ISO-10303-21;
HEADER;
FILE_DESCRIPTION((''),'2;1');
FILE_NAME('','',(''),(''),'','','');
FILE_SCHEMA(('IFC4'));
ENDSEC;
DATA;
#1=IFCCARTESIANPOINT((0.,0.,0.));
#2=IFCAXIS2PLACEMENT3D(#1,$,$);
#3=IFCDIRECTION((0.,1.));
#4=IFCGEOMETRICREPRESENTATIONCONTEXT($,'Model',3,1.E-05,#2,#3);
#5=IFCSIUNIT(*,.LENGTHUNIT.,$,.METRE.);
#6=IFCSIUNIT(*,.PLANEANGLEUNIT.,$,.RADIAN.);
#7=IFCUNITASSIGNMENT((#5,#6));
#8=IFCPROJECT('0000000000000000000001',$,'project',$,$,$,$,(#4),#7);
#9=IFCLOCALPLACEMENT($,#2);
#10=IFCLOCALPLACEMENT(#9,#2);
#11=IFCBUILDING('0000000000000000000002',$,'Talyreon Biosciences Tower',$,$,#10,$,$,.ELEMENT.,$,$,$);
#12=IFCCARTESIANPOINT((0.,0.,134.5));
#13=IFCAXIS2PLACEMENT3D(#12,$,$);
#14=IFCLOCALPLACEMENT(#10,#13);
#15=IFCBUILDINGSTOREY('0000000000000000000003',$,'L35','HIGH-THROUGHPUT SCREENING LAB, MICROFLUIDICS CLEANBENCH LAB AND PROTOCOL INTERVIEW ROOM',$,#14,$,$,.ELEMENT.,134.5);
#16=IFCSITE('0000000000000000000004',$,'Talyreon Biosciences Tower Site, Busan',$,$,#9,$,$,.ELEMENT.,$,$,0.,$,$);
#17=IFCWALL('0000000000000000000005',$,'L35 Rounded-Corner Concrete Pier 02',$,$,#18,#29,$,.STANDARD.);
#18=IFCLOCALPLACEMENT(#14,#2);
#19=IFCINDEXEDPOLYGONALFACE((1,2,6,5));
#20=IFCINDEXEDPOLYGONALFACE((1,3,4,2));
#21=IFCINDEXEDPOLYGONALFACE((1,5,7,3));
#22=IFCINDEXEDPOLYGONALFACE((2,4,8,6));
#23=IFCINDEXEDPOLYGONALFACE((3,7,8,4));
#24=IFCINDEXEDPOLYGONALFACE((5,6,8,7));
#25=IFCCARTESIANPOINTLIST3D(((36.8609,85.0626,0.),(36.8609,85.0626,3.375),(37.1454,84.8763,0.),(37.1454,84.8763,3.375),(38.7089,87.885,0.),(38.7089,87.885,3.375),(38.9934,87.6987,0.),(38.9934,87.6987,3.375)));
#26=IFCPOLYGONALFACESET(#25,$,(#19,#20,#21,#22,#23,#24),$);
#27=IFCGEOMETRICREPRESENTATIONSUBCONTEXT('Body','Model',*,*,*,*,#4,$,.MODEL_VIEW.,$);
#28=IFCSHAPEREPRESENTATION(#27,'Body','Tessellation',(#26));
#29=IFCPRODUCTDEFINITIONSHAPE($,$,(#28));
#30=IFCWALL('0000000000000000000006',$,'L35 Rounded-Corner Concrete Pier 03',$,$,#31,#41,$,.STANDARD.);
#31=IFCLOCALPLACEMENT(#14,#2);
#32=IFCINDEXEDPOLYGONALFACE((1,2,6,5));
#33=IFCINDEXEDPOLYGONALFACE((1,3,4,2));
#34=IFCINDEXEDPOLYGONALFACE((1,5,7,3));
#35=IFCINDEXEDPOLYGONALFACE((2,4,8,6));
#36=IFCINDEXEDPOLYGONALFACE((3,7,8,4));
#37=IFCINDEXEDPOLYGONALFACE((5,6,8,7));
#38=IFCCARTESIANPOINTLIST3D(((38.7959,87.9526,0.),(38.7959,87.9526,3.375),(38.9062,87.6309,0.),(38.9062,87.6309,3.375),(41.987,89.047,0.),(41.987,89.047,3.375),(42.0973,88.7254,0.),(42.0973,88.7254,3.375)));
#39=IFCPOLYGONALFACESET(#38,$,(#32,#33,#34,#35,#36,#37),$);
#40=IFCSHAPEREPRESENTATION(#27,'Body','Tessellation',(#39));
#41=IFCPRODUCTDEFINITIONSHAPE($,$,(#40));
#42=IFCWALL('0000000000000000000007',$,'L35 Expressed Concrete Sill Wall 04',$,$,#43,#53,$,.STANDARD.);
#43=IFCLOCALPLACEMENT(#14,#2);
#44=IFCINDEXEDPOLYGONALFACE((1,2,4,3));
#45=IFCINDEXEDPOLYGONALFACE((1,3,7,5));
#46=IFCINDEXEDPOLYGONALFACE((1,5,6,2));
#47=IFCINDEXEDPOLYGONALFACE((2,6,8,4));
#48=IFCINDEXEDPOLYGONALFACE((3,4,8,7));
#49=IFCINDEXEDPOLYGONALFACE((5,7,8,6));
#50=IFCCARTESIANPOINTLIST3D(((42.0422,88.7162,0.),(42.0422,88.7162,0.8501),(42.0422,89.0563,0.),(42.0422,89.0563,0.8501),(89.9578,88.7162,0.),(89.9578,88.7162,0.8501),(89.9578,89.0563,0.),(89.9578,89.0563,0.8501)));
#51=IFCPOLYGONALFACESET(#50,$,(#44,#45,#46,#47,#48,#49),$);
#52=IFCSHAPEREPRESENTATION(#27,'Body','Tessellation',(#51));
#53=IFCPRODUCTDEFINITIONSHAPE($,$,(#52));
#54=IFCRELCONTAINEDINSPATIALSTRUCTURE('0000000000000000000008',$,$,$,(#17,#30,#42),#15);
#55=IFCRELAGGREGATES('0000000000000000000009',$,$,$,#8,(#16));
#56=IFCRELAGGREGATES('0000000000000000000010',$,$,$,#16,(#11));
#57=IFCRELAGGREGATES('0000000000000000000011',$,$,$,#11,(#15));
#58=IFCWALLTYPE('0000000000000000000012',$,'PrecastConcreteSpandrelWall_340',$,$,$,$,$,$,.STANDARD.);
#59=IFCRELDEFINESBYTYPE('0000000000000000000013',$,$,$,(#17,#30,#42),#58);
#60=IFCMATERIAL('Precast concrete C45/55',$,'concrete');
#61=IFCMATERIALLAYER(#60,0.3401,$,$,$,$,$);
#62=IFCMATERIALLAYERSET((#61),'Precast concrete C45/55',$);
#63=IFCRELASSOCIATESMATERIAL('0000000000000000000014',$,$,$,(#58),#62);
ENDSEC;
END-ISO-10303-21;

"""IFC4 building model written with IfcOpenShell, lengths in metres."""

from ifc_helpers import new_model, si_unit, direction, frame, frame_2d, origin, place, context, subcontext, project, spatial, rectangle, extrude, material, layer, layer_set, type_object, element, save


model = new_model("IFC4")

# Units and contexts
model_context = context("Model", 3, precision=1e-05, world=origin(), true_north=direction((0.0, 1.0)))
body_context = subcontext(model_context, "Body", "Model", "MODEL_VIEW")
ifc_project = project(units=[si_unit("LENGTHUNIT", "METRE"), si_unit("PLANEANGLEUNIT", "RADIAN")], contexts=[model_context])

# Site, building, storey
site_placement = place(None, origin())
site = spatial("IfcSite", under=ifc_project, at=site_placement, Name="Talyreon Biosciences Tower Site, Busan", CompositionType="ELEMENT", RefElevation=0.0)
building_placement = place(site_placement, origin())
building = spatial("IfcBuilding", under=site, at=building_placement, Name="Talyreon Biosciences Tower", CompositionType="ELEMENT")
storey_placement = place(building_placement, frame((0.0, 0.0, 134.5)))
storey = spatial("IfcBuildingStorey", under=building, at=storey_placement, Name="L35", Description="HIGH-THROUGHPUT SCREENING LAB, MICROFLUIDICS CLEANBENCH LAB AND PROTOCOL INTERVIEW ROOM", CompositionType="ELEMENT", Elevation=134.5)

# Shared definitions
ifc_material_1 = material(Name="Precast concrete C45/55", Category="concrete")

# Walls
ifc_layer_1 = layer(ifc_material_1, 0.3401)
ifc_layer_set_1 = layer_set([ifc_layer_1], Name="Precast concrete C45/55")
wall_type_1 = type_object("IfcWallType", Name="PrecastConcreteSpandrelWall_340", PredefinedType="STANDARD", material=ifc_layer_set_1)
for number, where, z_axis, x_axis, name in (
    (1, (37.0032, 84.9695, 0.0), (0.0, 0.0, 1.0), (0.547784, 0.83662, 0.0), "L35 Rounded-Corner Concrete Pier 02"),
    (2, (38.8511, 87.7917, 0.0), (0.0, 0.0, 1.0), (0.945912, 0.324422, 0.0), "L35 Rounded-Corner Concrete Pier 03"),
):
    element("IfcWall", number, at=place(storey_placement, frame(where, z_axis=z_axis, x_axis=x_axis)), inside=storey, type_object=wall_type_1, Name=name, PredefinedType="STANDARD", context=body_context, shape_type="SweptSolid", body=[
        extrude(rectangle(XDim=3.3735, YDim=0.3401, at=frame_2d((1.6868, 0.0))), origin(), (0.0, 0.0, 1.0), 3.375),
    ])
wall_1_placement = place(storey_placement, frame((42.0422, 88.8862, 0.0), z_axis=(0.0, 0.0, 1.0), x_axis=(1.0, 0.0, 0.0)))
element("IfcWall", 3, at=wall_1_placement, inside=storey, type_object=wall_type_1, Name="L35 Expressed Concrete Sill Wall 04", PredefinedType="STANDARD", context=body_context, shape_type="SweptSolid", body=[
    extrude(rectangle(XDim=47.9155, YDim=0.3401, at=frame_2d((23.9578, 0.0))), origin(), (0.0, 0.0, 1.0), 0.8501),
])

save(model, "model.ifc")
